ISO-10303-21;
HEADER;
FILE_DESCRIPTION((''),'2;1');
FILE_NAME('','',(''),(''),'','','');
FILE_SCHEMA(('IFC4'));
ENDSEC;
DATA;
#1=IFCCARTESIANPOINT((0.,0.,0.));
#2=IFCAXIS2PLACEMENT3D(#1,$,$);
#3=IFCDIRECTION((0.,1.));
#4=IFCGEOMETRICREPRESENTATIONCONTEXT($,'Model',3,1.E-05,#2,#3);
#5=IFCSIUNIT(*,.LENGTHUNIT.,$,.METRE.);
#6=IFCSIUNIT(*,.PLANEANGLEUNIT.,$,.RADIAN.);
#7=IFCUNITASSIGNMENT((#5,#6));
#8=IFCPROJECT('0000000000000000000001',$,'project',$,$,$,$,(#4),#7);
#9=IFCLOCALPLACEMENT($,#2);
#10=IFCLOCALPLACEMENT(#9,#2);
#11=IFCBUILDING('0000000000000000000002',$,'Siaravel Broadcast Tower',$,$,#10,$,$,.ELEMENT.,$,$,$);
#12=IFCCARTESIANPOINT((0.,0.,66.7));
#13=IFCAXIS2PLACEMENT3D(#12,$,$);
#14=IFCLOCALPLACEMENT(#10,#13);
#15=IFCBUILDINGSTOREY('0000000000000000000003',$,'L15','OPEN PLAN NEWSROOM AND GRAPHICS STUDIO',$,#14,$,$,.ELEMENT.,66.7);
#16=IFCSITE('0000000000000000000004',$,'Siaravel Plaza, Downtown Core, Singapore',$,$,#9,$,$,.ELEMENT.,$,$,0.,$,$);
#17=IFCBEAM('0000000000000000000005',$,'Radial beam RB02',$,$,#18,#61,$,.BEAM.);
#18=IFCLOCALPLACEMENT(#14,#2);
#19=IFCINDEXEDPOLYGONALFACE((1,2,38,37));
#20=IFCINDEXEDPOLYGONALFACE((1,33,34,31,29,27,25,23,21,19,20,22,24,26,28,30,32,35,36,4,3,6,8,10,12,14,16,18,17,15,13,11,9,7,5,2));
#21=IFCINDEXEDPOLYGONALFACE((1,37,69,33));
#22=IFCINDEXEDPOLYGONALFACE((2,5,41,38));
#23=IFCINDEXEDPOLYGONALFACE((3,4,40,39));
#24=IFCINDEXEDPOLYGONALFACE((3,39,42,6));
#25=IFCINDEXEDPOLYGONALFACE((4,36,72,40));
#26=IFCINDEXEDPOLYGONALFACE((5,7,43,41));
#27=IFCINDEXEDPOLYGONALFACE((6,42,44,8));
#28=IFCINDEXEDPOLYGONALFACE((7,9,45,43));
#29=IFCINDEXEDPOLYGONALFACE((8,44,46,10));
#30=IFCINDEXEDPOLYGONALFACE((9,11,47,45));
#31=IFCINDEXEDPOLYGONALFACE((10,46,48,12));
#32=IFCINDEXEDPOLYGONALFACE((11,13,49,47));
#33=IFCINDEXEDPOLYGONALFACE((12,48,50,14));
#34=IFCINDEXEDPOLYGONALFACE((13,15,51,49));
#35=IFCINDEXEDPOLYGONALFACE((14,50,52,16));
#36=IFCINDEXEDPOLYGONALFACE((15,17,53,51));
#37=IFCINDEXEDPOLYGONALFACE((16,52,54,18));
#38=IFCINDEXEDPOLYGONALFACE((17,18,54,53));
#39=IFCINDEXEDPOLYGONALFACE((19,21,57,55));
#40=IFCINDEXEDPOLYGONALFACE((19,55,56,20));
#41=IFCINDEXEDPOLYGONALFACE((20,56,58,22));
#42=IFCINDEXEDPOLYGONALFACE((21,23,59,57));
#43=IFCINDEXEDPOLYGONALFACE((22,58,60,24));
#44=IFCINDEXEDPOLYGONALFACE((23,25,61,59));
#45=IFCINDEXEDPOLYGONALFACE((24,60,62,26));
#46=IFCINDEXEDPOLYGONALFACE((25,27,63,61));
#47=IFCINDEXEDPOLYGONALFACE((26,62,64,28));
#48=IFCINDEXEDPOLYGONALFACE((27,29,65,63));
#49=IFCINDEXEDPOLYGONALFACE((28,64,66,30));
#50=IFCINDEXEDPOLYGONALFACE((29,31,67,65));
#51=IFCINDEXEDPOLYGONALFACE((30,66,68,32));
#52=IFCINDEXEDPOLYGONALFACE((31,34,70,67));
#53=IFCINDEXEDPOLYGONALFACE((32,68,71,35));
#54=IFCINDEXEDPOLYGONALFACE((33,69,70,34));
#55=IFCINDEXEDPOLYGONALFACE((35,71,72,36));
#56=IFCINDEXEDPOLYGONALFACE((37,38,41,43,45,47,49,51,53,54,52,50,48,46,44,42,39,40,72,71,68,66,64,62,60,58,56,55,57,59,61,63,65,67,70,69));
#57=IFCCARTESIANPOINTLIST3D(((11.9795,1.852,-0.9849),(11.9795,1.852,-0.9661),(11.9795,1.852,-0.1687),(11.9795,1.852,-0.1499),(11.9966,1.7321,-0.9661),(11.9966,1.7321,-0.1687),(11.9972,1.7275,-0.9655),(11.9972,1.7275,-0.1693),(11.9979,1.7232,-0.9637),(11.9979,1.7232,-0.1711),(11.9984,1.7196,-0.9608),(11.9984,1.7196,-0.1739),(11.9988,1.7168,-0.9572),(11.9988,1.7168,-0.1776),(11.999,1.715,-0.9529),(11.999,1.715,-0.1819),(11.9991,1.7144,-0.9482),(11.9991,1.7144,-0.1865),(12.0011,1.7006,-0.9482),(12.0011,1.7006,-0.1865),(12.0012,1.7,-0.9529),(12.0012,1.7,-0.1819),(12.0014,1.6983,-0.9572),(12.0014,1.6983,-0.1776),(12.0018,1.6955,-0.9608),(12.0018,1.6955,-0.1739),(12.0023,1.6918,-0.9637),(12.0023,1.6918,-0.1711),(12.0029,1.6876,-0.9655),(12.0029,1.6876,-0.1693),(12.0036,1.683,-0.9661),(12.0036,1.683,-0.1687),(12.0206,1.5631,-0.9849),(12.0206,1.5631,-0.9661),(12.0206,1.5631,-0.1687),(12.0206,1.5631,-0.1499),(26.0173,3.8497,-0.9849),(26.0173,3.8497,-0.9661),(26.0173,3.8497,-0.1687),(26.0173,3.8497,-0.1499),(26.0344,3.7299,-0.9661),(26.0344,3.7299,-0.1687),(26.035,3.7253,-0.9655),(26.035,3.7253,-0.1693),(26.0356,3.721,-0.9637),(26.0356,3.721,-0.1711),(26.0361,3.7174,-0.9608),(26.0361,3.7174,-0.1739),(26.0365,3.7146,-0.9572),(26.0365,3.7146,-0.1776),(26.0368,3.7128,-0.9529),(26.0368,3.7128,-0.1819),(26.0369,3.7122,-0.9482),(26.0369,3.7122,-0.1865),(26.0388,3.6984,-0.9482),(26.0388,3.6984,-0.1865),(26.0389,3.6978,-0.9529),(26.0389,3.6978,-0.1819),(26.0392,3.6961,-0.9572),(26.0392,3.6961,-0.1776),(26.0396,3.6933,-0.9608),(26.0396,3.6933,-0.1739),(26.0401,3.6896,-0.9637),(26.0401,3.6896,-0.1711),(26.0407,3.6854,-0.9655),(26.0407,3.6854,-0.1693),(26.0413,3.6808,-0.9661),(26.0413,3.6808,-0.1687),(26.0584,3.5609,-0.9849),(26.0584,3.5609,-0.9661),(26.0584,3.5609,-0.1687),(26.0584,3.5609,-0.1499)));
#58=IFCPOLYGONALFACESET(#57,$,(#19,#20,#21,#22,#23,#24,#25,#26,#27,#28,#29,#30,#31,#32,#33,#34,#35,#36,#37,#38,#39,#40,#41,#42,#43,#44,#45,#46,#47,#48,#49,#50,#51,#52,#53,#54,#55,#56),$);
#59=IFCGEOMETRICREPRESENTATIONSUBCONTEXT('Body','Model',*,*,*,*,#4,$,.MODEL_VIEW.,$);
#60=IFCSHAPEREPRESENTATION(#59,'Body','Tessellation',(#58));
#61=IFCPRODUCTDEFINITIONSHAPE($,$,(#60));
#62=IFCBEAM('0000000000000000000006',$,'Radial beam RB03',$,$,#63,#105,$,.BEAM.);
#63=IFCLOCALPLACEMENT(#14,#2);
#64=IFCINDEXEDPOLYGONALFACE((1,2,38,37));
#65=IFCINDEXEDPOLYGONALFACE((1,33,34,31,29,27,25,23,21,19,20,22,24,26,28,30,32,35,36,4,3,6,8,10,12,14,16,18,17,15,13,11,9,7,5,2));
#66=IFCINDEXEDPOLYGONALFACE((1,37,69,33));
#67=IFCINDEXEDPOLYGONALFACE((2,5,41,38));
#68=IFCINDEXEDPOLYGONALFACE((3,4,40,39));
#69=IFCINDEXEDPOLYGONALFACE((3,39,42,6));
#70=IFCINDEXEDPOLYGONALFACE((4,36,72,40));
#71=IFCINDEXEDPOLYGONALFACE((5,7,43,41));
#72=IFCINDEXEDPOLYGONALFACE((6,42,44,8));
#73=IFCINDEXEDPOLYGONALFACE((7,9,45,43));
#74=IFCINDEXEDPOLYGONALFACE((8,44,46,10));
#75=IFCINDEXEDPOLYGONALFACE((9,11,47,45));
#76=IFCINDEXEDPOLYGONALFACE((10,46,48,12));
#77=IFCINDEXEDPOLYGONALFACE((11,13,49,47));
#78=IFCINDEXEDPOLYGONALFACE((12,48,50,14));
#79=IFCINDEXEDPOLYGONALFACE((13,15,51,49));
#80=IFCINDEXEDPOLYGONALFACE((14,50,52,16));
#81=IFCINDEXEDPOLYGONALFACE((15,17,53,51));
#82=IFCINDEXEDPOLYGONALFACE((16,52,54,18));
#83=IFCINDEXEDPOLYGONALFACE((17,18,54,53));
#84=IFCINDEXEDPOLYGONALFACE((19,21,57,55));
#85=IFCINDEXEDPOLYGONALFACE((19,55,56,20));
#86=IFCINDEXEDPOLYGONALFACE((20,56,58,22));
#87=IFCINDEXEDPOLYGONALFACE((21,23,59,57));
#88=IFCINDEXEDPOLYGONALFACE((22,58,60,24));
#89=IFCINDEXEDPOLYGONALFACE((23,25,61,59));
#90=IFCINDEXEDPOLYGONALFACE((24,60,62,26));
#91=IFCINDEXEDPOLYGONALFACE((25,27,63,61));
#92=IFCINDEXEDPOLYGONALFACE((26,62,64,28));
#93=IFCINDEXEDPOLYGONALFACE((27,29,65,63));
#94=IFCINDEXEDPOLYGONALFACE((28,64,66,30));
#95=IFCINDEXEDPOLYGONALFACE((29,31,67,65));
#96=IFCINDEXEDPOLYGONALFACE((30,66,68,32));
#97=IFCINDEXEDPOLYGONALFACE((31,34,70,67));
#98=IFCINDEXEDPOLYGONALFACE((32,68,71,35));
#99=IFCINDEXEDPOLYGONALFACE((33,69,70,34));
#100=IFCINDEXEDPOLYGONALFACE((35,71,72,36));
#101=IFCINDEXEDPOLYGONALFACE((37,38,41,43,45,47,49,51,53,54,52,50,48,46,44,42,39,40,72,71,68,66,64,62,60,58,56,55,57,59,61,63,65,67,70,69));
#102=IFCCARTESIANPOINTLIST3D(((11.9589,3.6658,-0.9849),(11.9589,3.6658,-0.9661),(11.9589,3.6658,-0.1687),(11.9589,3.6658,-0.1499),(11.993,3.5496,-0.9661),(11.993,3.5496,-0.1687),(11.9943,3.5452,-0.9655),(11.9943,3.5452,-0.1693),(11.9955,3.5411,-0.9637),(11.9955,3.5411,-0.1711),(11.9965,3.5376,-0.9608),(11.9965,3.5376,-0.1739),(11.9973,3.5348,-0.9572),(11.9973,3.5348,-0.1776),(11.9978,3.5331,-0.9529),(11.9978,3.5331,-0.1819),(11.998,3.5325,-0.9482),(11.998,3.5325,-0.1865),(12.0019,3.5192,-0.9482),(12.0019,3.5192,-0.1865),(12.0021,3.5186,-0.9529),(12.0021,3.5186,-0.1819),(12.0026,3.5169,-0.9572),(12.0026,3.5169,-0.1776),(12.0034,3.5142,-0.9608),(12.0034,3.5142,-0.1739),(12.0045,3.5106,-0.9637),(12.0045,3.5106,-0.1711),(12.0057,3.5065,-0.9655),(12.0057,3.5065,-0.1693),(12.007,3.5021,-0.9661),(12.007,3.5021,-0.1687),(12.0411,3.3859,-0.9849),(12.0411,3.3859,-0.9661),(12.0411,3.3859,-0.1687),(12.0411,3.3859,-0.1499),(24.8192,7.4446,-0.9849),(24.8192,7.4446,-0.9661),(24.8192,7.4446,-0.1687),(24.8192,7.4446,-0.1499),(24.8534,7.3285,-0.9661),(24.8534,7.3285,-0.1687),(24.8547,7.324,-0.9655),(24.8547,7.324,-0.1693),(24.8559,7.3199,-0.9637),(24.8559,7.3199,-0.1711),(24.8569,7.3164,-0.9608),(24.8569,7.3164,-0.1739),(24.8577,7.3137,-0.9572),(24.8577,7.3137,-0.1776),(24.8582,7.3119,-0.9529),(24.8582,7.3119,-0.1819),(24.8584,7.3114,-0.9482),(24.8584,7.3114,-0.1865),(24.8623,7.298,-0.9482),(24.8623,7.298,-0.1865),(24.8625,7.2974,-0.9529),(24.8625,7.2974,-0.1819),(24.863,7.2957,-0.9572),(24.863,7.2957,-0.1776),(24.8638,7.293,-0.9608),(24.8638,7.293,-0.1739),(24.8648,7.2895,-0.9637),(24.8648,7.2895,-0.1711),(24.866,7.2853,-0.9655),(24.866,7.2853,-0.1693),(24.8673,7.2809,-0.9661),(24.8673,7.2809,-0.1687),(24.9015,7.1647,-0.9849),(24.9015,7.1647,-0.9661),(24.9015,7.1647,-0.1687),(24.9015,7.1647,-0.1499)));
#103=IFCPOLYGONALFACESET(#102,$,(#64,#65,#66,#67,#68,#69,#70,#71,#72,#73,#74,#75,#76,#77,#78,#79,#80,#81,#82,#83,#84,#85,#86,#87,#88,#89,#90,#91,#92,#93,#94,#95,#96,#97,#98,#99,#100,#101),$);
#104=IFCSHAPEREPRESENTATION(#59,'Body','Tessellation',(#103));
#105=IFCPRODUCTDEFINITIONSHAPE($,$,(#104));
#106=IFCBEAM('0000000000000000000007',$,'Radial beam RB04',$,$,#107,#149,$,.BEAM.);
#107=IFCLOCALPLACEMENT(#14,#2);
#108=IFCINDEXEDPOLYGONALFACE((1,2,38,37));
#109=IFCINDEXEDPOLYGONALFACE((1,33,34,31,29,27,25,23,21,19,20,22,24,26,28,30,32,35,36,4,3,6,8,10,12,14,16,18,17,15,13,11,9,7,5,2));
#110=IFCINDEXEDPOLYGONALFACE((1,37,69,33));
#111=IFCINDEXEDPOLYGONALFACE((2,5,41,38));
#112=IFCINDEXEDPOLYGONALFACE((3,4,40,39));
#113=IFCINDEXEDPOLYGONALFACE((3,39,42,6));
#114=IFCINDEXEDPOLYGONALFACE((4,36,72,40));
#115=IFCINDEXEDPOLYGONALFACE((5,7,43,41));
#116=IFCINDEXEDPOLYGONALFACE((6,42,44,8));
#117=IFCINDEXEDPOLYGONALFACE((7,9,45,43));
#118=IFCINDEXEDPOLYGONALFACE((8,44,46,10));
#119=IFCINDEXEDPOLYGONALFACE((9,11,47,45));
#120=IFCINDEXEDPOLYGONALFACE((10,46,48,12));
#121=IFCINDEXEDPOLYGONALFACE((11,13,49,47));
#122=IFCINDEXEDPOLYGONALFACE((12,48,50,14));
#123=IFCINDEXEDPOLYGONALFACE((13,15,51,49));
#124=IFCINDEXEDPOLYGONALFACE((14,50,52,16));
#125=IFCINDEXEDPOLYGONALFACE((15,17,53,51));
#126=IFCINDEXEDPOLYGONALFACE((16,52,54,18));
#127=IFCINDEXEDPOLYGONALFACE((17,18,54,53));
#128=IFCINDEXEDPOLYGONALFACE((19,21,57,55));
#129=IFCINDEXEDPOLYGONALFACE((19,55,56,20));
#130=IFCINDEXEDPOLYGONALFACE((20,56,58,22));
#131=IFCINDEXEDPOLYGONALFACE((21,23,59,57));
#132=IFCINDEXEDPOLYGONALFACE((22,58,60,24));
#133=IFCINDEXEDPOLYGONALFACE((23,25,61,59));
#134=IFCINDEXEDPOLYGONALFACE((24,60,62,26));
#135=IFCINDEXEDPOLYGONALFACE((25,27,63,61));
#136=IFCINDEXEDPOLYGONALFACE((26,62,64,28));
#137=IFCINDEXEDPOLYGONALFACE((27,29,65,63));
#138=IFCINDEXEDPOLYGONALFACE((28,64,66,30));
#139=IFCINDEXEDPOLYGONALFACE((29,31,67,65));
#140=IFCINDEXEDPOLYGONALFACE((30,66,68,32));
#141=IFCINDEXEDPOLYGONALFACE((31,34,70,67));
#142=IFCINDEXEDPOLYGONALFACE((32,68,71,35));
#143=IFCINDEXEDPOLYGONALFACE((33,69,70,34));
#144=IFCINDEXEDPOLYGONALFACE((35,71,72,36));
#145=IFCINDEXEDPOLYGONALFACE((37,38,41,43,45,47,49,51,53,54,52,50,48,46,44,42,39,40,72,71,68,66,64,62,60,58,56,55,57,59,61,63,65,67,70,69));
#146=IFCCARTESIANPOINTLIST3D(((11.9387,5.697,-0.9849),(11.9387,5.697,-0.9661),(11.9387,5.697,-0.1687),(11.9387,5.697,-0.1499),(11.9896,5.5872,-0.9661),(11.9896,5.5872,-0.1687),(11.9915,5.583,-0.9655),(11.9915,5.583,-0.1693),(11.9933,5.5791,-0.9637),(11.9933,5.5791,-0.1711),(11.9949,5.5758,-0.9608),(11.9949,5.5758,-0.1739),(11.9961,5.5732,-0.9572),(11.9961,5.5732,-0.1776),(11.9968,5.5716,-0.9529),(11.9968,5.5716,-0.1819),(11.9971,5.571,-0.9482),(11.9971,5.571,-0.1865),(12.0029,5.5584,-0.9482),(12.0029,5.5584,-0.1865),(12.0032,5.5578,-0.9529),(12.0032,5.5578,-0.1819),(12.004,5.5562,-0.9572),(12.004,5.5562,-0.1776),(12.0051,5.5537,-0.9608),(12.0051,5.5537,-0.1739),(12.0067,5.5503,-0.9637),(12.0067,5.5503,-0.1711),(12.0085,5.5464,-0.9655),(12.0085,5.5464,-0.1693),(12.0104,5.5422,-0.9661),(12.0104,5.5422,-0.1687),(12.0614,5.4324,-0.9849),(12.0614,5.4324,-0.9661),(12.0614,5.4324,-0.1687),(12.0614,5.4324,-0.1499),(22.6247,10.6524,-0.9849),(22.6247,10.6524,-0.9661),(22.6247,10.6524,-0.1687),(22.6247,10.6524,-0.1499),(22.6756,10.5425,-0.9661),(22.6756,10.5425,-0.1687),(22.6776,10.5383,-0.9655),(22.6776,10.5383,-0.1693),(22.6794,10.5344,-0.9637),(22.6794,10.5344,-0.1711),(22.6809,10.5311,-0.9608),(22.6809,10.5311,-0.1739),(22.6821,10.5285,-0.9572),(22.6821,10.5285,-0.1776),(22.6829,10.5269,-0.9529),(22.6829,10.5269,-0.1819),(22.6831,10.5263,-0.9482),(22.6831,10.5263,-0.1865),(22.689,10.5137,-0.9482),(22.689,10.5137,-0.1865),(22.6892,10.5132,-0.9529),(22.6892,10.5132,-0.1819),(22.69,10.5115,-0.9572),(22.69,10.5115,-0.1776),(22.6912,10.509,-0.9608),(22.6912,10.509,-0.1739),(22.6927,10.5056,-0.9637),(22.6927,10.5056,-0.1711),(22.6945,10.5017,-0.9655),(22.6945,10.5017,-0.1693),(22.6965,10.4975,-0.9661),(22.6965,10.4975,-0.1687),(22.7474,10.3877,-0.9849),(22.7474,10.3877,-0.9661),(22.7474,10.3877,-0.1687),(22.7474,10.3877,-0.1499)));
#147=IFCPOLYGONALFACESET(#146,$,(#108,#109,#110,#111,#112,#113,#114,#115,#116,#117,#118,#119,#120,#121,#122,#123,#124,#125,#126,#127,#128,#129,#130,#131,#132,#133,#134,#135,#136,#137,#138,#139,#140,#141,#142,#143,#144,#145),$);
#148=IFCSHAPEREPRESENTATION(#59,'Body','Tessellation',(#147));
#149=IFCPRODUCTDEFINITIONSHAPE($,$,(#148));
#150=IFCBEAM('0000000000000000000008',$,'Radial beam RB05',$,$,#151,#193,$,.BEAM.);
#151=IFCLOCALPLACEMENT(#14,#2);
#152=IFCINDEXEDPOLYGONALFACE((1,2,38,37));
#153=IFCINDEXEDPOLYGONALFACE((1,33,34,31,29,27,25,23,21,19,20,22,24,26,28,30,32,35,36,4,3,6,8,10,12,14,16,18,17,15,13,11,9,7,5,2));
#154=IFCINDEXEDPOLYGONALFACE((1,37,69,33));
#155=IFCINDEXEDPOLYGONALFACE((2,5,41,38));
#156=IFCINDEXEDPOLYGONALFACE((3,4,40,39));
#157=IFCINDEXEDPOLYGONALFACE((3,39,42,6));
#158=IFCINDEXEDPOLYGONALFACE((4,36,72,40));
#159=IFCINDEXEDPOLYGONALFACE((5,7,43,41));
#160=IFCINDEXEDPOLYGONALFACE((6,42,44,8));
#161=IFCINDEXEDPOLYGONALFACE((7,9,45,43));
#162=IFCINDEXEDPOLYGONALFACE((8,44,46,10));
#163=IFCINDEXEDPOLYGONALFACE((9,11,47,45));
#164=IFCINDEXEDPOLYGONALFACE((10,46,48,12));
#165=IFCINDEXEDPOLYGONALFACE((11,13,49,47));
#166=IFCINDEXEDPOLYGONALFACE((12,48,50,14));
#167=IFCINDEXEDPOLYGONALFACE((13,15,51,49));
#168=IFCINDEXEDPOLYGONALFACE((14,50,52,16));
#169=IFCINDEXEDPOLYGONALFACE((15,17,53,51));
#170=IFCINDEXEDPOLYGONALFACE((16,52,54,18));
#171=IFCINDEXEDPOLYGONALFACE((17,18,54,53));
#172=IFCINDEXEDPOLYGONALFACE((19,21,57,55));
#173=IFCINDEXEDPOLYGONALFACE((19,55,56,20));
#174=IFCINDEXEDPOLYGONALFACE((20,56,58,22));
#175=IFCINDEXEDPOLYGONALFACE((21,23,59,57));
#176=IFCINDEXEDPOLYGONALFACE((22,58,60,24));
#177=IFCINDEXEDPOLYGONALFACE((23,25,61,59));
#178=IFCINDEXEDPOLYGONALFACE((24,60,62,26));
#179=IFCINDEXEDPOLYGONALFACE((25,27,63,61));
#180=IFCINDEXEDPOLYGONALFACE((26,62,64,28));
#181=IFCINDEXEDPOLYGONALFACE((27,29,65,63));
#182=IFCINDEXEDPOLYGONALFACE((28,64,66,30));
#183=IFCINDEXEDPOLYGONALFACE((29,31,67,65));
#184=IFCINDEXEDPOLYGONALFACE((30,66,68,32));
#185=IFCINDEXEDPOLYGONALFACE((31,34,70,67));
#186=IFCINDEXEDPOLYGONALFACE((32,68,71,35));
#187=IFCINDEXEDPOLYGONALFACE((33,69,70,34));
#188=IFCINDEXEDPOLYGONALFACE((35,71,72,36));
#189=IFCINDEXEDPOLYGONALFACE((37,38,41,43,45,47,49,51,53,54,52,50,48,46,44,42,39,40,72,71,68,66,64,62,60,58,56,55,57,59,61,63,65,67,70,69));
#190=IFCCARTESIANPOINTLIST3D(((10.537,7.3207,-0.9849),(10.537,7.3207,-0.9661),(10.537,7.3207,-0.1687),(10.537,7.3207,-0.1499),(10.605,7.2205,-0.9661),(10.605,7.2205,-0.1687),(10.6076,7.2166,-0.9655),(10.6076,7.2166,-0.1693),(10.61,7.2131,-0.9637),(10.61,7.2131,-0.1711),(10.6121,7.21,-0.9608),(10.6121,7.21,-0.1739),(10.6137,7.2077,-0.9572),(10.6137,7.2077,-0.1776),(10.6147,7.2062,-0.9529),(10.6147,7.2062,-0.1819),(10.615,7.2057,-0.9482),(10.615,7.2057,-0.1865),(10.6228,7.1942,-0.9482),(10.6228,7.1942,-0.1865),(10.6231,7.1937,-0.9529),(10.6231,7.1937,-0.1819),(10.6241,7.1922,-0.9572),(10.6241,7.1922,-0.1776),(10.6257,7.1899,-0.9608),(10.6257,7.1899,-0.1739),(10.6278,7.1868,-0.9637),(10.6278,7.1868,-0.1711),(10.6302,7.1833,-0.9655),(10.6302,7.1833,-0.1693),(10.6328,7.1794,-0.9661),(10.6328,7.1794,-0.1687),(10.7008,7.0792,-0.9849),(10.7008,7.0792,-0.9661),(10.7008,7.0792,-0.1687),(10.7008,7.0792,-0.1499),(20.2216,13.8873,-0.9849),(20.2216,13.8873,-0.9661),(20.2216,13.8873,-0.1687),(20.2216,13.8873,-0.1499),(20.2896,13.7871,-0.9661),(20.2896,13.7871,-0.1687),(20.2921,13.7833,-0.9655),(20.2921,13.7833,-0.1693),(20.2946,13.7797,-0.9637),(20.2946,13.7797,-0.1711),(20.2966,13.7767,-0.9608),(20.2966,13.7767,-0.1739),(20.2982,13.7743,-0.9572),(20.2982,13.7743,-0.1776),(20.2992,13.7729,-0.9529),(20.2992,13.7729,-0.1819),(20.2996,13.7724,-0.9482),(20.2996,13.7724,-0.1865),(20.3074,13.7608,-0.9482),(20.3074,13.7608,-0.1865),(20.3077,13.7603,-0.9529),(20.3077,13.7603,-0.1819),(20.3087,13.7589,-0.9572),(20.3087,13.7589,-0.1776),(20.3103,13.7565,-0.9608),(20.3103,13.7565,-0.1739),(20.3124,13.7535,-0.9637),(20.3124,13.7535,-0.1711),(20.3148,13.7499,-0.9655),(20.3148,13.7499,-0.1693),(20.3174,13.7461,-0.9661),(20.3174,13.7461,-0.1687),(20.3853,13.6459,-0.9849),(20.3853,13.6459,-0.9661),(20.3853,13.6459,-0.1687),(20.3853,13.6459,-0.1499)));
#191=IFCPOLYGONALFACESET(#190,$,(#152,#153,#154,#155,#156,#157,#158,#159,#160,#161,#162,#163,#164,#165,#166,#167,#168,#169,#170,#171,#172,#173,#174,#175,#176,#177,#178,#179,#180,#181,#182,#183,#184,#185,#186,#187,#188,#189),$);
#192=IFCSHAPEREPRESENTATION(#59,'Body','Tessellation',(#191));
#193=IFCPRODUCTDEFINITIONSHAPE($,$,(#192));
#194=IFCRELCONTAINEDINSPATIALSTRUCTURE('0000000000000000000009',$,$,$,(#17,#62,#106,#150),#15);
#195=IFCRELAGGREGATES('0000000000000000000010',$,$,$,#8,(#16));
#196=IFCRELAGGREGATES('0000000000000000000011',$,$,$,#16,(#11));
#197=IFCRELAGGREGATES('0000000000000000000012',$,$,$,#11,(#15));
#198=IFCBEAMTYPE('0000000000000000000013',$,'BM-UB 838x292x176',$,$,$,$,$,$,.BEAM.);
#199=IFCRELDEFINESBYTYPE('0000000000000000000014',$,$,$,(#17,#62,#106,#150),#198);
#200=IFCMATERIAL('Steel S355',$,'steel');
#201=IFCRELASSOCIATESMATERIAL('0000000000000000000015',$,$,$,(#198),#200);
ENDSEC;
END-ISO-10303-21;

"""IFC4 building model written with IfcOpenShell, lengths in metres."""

from ifc_helpers import new_model, si_unit, direction, frame, origin, origin_2d, place, context, subcontext, project, spatial, i_section, extrude, material, material_profile, profile_set, type_object, element, save


model = new_model("IFC4")

# Units and contexts
model_context = context("Model", 3, precision=1e-05, world=origin(), true_north=direction((0.0, 1.0)))
body_context = subcontext(model_context, "Body", "Model", "MODEL_VIEW")
ifc_project = project(units=[si_unit("LENGTHUNIT", "METRE"), si_unit("PLANEANGLEUNIT", "RADIAN")], contexts=[model_context])

# Site, building, storey
site_placement = place(None, origin())
site = spatial("IfcSite", under=ifc_project, at=site_placement, Name="Siaravel Plaza, Downtown Core, Singapore", CompositionType="ELEMENT", RefElevation=0.0)
building_placement = place(site_placement, origin())
building = spatial("IfcBuilding", under=site, at=building_placement, Name="Siaravel Broadcast Tower", CompositionType="ELEMENT")
storey_placement = place(building_placement, frame((0.0, 0.0, 66.7)))
storey = spatial("IfcBuildingStorey", under=building, at=storey_placement, Name="L15", Description="OPEN PLAN NEWSROOM AND GRAPHICS STUDIO", CompositionType="ELEMENT", Elevation=66.7)

# Beams
ifc_material_1 = material(Name="Steel S355", Category="steel")
ifc_material_profile_1 = material_profile(ifc_material_1, i_section(OverallWidth=0.2917, OverallDepth=0.835, WebThickness=0.0139, FlangeThickness=0.0188, FilletRadius=0.0178, at=origin_2d()))
ifc_profile_set_1 = profile_set([ifc_material_profile_1], Name="Steel S355")
beam_type = type_object("IfcBeamType", Name="BM-UB 838x292x176", PredefinedType="BEAM", material=ifc_profile_set_1)
beam_1_placement = place(storey_placement, frame((26.0378, 3.7053, -0.5674), z_axis=(-0.990024, -0.140896, 0.0), x_axis=(0.140896, -0.990024, 0.0)))
element("IfcBeam", 1, at=beam_1_placement, inside=storey, type_object=beam_type, Name="Radial beam RB02", PredefinedType="BEAM", context=body_context, shape_type="SweptSolid", body=[
    extrude(i_section(OverallWidth=0.2917, OverallDepth=0.835, WebThickness=0.0139, FlangeThickness=0.0188, FilletRadius=0.0178, at=origin_2d()), origin(), (0.0, 0.0, 1.0), 14.1792),
])
beam_2_placement = place(storey_placement, frame((24.8604, 7.3047, -0.5674), z_axis=(-0.959439, -0.281916, 0.0), x_axis=(0.281916, -0.959439, 0.0)))
element("IfcBeam", 2, at=beam_2_placement, inside=storey, type_object=beam_type, Name="Radial beam RB03", PredefinedType="BEAM", context=body_context, shape_type="SweptSolid", body=[
    extrude(i_section(OverallWidth=0.2917, OverallDepth=0.835, WebThickness=0.0139, FlangeThickness=0.0188, FilletRadius=0.0178, at=origin_2d()), origin(), (0.0, 0.0, 1.0), 13.4041),
])
beam_3_placement = place(storey_placement, frame((22.686, 10.52, -0.5674), z_axis=(-0.907205, -0.420689, 0.0), x_axis=(0.420689, -0.907205, 0.0)))
element("IfcBeam", 3, at=beam_3_placement, inside=storey, type_object=beam_type, Name="Radial beam RB04", PredefinedType="BEAM", context=body_context, shape_type="SweptSolid", body=[
    extrude(i_section(OverallWidth=0.2917, OverallDepth=0.835, WebThickness=0.0139, FlangeThickness=0.0188, FilletRadius=0.0178, at=origin_2d()), origin(), (0.0, 0.0, 1.0), 11.7791),
])
beam_4_placement = place(storey_placement, frame((20.3035, 13.7666, -0.5674), z_axis=(-0.827675, -0.561207, 0.0), x_axis=(0.561207, -0.827675, 0.0)))
element("IfcBeam", 4, at=beam_4_placement, inside=storey, type_object=beam_type, Name="Radial beam RB05", PredefinedType="BEAM", context=body_context, shape_type="SweptSolid", body=[
    extrude(i_section(OverallWidth=0.2917, OverallDepth=0.835, WebThickness=0.0139, FlangeThickness=0.0188, FilletRadius=0.0178, at=origin_2d()), origin(), (0.0, 0.0, 1.0), 11.7009),
])

save(model, "model.ifc")
